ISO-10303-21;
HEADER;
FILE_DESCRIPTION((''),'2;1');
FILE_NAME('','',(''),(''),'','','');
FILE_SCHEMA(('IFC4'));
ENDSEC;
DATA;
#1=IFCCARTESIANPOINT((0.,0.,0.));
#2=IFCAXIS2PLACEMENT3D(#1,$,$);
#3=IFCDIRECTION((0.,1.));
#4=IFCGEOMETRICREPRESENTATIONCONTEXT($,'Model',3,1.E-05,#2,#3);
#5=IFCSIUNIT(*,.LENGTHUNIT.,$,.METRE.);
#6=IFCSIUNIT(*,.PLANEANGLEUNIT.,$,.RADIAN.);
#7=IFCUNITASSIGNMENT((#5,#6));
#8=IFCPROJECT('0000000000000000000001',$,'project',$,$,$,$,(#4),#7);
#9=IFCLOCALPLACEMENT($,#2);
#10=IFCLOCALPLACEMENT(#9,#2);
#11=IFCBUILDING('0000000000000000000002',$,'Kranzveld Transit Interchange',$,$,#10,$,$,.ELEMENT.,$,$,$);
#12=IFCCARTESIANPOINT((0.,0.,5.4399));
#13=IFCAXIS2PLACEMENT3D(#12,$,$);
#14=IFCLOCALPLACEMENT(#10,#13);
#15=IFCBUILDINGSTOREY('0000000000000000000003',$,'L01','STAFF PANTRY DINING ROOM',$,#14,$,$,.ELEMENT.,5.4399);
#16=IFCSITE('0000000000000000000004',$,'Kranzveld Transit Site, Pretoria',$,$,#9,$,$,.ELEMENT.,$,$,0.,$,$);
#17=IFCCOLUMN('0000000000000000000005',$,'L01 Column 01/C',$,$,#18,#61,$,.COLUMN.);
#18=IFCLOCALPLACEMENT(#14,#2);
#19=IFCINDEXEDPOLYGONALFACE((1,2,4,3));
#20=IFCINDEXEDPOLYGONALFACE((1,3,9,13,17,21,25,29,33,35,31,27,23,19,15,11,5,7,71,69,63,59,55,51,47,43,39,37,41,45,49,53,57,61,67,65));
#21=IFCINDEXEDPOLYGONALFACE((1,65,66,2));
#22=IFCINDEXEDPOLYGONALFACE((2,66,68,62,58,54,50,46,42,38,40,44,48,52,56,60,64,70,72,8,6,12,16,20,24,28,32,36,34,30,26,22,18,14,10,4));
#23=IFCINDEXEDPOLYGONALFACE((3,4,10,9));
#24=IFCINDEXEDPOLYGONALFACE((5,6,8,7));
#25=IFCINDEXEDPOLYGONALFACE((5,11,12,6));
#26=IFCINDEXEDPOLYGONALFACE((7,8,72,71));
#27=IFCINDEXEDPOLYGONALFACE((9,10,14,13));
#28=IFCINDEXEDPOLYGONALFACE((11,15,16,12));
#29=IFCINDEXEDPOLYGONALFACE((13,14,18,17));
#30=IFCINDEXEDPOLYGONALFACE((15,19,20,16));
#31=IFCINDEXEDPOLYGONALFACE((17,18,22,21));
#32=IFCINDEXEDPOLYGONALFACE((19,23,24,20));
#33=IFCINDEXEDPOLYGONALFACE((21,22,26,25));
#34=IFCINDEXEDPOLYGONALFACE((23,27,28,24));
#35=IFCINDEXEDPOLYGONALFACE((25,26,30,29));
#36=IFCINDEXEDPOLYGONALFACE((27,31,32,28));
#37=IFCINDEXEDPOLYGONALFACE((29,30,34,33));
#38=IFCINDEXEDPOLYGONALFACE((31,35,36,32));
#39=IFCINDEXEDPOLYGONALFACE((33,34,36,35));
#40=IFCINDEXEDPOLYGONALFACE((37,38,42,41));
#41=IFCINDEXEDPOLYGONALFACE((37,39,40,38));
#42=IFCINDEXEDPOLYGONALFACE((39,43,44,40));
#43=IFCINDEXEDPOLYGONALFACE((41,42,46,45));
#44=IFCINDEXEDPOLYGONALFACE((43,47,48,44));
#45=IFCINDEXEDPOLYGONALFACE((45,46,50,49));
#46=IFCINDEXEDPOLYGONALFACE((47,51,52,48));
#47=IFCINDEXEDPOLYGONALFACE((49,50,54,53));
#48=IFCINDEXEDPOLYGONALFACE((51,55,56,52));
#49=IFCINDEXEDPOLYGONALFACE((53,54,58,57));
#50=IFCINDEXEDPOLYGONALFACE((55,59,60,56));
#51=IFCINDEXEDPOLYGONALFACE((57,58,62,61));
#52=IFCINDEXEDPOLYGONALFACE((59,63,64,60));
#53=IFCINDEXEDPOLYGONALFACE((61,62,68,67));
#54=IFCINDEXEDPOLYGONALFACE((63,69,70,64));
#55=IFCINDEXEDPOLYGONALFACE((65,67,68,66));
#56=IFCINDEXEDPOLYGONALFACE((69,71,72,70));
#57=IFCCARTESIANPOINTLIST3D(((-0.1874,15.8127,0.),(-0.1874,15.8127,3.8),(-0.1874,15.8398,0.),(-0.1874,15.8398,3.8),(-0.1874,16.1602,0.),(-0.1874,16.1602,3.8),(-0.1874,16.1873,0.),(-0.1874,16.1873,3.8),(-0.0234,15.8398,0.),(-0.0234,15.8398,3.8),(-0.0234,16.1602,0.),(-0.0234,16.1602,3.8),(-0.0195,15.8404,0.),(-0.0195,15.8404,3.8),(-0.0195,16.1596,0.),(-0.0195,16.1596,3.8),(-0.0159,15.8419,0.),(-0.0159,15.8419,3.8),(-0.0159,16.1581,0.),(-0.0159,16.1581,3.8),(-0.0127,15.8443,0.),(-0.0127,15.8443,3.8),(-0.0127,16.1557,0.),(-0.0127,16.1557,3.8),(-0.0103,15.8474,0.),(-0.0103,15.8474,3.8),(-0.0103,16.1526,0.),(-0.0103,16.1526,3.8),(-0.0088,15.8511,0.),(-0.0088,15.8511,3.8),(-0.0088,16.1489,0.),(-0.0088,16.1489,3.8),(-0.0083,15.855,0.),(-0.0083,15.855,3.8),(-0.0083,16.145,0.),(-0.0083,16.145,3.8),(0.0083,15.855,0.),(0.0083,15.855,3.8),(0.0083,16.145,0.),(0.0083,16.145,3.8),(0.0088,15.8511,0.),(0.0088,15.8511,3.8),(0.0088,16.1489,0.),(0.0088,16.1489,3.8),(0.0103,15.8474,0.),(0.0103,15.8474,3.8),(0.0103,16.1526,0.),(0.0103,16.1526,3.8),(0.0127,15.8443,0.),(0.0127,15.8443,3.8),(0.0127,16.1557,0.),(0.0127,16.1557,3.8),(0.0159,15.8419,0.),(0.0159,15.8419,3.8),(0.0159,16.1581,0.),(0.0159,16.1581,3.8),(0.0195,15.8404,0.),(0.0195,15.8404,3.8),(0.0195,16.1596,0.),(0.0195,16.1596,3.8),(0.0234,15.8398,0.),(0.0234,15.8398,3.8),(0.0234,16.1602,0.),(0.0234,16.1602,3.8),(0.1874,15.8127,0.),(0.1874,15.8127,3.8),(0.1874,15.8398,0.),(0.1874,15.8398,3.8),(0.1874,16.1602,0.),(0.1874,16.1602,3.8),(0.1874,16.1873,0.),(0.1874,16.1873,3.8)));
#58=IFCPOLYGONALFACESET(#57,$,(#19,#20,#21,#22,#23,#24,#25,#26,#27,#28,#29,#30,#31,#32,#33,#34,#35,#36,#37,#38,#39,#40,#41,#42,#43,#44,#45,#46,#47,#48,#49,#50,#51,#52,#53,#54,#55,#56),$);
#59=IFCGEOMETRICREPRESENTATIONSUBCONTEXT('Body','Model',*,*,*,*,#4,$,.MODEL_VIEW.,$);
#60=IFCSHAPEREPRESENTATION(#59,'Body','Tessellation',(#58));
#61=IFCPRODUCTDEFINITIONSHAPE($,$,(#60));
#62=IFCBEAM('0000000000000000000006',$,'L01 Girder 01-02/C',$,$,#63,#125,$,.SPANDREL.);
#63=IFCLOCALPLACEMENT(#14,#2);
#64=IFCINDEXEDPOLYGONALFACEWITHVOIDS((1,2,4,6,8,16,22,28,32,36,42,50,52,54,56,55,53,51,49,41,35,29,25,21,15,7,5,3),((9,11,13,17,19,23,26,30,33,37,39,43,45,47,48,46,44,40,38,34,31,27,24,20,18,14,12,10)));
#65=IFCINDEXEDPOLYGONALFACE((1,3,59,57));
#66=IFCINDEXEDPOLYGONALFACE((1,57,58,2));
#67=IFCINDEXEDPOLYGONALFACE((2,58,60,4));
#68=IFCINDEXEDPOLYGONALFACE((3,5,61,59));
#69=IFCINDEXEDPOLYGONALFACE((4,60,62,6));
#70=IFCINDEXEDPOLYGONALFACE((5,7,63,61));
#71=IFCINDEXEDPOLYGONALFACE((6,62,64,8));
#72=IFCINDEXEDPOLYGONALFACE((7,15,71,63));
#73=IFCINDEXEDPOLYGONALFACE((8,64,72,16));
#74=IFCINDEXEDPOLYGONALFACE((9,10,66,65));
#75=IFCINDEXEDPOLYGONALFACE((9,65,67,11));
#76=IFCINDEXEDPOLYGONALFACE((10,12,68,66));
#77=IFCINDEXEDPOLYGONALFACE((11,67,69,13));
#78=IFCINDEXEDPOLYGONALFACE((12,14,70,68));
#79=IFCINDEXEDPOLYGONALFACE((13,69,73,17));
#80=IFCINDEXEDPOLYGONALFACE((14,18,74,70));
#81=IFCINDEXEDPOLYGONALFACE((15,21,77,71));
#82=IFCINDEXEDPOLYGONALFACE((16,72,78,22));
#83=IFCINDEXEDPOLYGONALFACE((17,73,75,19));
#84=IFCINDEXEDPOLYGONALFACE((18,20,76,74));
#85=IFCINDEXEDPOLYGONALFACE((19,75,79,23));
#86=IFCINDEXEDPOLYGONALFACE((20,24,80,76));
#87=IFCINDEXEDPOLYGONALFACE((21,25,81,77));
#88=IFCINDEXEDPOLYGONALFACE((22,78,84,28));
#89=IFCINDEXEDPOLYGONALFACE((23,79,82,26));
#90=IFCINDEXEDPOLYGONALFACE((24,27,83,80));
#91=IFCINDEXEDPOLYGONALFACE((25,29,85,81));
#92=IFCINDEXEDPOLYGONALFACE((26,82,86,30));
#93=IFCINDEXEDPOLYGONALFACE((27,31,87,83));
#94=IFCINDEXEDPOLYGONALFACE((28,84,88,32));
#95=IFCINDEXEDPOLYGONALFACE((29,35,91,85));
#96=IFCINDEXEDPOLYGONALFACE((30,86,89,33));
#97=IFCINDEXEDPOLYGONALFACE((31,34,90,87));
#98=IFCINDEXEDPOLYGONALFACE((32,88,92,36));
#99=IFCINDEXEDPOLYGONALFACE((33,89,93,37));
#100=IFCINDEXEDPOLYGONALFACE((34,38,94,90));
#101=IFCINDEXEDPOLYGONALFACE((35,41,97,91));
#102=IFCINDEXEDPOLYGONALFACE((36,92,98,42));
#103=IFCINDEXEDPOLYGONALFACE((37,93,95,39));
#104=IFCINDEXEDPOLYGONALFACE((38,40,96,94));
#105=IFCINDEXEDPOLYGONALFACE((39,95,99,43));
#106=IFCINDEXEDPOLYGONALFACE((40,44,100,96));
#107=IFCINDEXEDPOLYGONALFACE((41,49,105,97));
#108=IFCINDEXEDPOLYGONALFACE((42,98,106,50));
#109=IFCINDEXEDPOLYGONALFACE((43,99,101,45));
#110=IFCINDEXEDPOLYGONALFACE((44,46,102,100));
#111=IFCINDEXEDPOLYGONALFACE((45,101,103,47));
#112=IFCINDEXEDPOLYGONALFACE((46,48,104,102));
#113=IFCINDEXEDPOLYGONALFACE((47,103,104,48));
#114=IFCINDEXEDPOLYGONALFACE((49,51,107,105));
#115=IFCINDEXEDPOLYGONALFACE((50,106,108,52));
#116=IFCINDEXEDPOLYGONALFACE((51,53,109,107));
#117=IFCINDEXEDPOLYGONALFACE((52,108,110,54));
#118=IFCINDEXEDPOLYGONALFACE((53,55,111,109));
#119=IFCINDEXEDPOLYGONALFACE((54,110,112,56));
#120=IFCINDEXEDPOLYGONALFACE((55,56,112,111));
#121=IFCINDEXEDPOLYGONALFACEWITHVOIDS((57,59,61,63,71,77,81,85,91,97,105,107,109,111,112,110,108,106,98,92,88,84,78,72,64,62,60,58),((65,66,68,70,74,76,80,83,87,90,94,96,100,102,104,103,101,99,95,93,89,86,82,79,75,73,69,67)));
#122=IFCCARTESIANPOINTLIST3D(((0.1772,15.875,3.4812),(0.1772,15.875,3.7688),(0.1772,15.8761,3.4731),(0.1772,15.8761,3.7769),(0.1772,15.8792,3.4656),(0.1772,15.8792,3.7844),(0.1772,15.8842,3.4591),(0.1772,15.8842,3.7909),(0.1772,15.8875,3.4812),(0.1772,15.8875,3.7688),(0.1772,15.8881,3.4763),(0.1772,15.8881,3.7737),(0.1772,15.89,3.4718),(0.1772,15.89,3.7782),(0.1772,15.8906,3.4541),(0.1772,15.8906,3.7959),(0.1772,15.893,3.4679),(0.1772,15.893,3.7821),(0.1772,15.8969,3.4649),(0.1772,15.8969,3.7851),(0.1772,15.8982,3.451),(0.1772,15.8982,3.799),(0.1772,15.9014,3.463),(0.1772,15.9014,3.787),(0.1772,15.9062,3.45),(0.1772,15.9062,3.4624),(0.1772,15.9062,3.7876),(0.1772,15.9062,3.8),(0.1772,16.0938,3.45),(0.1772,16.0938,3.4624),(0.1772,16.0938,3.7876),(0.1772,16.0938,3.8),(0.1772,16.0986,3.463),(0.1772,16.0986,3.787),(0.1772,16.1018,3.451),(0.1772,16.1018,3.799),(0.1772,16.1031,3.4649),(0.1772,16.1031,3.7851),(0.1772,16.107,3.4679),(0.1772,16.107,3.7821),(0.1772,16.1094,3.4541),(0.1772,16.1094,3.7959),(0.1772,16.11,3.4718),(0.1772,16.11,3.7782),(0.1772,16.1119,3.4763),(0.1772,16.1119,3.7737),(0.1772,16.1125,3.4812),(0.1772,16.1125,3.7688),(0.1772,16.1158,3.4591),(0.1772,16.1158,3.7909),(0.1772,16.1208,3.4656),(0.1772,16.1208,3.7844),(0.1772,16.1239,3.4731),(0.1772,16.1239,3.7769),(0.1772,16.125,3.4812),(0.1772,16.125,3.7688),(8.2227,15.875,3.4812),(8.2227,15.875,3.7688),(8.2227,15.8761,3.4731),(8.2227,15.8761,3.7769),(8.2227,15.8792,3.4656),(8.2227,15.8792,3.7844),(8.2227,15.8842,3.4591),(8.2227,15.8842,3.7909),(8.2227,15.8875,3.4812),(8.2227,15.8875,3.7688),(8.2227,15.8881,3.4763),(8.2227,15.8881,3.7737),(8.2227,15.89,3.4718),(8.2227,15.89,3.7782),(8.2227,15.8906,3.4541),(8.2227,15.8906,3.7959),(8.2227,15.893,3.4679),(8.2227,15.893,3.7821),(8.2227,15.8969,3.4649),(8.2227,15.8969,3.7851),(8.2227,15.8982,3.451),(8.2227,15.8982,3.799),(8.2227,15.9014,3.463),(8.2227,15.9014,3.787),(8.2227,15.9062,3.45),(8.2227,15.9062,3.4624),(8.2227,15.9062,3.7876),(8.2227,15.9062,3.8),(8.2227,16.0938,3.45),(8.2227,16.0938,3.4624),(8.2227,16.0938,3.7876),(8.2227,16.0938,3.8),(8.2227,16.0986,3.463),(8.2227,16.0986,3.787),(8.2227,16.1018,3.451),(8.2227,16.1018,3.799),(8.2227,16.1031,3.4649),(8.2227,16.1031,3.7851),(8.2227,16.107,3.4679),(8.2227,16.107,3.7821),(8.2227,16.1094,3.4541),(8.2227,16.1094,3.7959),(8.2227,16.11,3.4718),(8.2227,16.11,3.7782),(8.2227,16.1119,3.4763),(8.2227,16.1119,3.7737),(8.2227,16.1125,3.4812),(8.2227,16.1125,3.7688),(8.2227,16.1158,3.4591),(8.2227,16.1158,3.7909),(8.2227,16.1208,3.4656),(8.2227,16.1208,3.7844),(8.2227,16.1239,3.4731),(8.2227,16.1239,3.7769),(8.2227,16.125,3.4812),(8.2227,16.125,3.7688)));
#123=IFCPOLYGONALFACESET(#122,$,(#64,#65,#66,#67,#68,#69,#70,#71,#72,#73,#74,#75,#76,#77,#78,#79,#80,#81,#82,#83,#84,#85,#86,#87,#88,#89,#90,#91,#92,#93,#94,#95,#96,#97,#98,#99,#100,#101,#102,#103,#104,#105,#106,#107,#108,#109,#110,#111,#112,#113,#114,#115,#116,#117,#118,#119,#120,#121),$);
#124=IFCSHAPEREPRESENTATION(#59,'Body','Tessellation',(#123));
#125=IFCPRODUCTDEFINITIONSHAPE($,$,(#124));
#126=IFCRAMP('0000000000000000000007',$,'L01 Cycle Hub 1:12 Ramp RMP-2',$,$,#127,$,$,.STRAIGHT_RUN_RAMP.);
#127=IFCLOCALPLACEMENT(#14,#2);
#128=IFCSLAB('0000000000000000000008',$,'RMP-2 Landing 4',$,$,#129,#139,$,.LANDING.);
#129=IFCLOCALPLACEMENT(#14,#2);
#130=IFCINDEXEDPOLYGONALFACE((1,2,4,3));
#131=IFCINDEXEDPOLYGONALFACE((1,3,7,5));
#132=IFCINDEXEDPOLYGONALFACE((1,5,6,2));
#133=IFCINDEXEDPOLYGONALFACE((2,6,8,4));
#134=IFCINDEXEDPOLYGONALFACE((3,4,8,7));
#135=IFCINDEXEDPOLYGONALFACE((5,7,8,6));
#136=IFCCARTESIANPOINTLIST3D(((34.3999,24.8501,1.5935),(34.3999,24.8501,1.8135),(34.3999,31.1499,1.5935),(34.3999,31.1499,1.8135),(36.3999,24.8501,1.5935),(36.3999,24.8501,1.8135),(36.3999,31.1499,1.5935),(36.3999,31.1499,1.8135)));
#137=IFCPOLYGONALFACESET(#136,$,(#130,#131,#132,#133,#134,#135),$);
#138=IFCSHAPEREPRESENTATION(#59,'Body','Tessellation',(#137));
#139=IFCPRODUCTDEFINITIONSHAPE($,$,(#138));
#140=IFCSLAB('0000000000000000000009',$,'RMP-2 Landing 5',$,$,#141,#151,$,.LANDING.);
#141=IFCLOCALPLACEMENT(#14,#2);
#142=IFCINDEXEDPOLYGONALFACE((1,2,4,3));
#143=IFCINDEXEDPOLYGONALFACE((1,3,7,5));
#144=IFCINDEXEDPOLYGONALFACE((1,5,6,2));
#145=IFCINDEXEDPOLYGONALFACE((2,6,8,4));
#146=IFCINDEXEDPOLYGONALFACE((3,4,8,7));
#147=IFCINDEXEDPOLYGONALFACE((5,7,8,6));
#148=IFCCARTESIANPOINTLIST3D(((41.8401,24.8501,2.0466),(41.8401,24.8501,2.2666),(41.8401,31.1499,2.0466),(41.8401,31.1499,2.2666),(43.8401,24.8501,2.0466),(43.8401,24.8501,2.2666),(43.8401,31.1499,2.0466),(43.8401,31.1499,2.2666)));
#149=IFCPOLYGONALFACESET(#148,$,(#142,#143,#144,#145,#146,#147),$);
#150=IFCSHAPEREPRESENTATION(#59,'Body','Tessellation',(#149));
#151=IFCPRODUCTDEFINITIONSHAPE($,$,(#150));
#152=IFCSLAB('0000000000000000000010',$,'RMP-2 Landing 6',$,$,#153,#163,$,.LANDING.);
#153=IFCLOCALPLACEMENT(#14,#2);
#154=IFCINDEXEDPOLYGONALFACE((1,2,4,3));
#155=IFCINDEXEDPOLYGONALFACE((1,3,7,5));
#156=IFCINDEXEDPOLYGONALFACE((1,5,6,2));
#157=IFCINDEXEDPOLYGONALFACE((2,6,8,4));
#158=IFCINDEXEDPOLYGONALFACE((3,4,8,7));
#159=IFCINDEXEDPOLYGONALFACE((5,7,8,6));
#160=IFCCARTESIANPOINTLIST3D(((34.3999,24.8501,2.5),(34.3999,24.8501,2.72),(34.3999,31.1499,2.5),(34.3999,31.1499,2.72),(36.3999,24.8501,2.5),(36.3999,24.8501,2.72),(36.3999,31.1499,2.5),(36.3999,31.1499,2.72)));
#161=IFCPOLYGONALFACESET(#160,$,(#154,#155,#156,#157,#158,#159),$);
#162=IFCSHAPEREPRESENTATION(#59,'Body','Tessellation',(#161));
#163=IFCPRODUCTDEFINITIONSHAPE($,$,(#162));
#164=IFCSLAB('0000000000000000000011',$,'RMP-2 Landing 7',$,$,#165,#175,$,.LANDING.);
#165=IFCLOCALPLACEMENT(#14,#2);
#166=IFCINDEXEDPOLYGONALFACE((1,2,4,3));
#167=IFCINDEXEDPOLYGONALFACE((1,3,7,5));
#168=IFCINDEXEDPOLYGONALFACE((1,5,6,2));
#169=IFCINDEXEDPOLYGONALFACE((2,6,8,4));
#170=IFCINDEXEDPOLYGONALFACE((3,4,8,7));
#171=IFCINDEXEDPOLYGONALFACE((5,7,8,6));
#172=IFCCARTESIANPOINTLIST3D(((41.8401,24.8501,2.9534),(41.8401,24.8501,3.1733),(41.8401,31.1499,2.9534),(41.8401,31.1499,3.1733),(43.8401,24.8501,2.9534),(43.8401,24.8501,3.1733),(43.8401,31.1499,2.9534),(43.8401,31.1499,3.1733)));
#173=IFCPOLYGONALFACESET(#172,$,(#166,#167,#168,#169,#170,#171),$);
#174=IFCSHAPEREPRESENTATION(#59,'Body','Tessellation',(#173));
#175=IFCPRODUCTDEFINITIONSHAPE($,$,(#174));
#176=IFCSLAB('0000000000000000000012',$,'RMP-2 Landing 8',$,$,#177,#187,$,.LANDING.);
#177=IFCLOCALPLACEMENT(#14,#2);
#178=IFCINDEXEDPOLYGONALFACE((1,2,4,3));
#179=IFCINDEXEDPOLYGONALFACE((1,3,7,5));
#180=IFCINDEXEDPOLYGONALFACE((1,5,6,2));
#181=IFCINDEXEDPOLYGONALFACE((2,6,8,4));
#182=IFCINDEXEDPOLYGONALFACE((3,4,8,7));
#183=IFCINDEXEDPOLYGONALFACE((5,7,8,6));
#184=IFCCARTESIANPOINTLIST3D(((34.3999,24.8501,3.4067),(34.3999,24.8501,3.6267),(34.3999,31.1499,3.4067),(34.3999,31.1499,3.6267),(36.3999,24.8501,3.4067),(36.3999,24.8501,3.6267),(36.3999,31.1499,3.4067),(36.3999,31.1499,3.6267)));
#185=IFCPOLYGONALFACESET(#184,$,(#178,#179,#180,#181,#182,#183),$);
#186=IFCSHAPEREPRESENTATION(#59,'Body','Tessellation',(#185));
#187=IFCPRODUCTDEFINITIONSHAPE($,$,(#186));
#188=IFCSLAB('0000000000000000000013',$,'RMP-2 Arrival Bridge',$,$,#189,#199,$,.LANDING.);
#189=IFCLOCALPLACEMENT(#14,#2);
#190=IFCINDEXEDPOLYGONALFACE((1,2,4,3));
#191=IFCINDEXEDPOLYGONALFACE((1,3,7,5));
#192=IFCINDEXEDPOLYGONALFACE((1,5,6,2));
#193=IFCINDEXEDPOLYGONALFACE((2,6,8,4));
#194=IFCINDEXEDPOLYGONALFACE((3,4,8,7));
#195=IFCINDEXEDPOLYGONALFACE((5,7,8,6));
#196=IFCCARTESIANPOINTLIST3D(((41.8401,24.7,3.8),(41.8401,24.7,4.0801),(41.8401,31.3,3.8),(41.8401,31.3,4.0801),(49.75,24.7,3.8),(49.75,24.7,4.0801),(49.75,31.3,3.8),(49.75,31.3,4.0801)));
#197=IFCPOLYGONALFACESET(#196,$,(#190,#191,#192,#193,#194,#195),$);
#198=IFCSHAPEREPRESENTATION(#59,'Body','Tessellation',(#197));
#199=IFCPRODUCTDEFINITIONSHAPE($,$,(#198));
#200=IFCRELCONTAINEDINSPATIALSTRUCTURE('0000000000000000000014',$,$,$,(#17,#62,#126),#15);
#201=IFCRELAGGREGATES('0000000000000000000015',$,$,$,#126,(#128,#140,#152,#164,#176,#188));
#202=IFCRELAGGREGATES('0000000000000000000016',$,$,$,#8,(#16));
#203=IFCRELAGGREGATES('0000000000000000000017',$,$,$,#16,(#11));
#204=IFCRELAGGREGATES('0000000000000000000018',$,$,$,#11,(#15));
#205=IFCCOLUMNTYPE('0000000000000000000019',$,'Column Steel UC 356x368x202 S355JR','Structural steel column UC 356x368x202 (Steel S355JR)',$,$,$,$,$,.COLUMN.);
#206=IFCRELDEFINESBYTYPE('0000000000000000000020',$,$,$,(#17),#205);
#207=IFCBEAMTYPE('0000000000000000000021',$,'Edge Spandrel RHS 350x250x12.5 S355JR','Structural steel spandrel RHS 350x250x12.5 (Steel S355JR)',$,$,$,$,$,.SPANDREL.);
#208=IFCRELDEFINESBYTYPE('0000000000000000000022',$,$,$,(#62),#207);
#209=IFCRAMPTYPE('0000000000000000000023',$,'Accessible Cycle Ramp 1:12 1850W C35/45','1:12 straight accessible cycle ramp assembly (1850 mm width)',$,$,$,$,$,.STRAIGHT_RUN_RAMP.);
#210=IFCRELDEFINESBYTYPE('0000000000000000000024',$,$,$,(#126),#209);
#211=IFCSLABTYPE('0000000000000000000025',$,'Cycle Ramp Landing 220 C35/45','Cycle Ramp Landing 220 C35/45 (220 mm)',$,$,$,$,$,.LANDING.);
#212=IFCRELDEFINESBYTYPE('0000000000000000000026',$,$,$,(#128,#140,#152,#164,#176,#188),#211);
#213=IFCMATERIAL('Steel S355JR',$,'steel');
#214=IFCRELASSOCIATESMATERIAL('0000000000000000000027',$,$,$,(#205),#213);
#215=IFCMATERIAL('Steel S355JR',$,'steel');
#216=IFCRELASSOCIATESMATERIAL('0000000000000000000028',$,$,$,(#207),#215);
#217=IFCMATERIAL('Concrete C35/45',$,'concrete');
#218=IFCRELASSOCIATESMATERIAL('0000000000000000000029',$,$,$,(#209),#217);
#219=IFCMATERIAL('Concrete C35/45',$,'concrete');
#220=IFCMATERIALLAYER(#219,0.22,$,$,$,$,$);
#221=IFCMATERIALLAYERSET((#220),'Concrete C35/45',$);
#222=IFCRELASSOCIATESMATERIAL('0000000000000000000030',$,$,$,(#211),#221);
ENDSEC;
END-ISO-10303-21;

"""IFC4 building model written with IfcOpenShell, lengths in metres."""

from ifc_helpers import new_model, si_unit, direction, frame, origin, origin_2d, place, context, subcontext, project, spatial, polyline, hollow_rectangle, i_section, outline, extrude, material, layer, layer_set, material_profile, profile_set, type_object, element, aggregate, save


model = new_model("IFC4")

# Units and contexts
model_context = context("Model", 3, precision=1e-05, world=origin(), true_north=direction((0.0, 1.0)))
body_context = subcontext(model_context, "Body", "Model", "MODEL_VIEW")
ifc_project = project(units=[si_unit("LENGTHUNIT", "METRE"), si_unit("PLANEANGLEUNIT", "RADIAN")], contexts=[model_context])

# Site, building, storey
site_placement = place(None, origin())
site = spatial("IfcSite", under=ifc_project, at=site_placement, Name="Kranzveld Transit Site, Pretoria", CompositionType="ELEMENT", RefElevation=0.0)
building_placement = place(site_placement, origin())
building = spatial("IfcBuilding", under=site, at=building_placement, Name="Kranzveld Transit Interchange", CompositionType="ELEMENT")
storey_placement = place(building_placement, frame((0.0, 0.0, 5.4399)))
storey = spatial("IfcBuildingStorey", under=building, at=storey_placement, Name="L01", Description="STAFF PANTRY DINING ROOM", CompositionType="ELEMENT", Elevation=5.4399)

# Column
ifc_material_1 = material(Name="Steel S355JR", Category="steel")
ifc_material_profile_1 = material_profile(ifc_material_1, i_section(OverallWidth=0.3748, OverallDepth=0.3745, WebThickness=0.0166, FlangeThickness=0.0271, FilletRadius=0.0151, at=origin_2d()), Name="UC 356x368x202")
ifc_profile_set_1 = profile_set([ifc_material_profile_1], Name="Steel S355JR")
column_type = type_object("IfcColumnType", Name="Column Steel UC 356x368x202 S355JR", Description="Structural steel column UC 356x368x202 (Steel S355JR)", PredefinedType="COLUMN", material=ifc_profile_set_1)
column_placement = place(storey_placement, frame((0.0, 16.0, 0.0), z_axis=(0.0, 0.0, 1.0), x_axis=(1.0, 0.0, 0.0)))
element("IfcColumn", 1, at=column_placement, inside=storey, type_object=column_type, Name="L01 Column 01/C", PredefinedType="COLUMN", context=body_context, shape_type="SweptSolid", body=[
    extrude(i_section(OverallWidth=0.3748, OverallDepth=0.3745, WebThickness=0.0166, FlangeThickness=0.0271, FilletRadius=0.0151, at=origin_2d()), origin(), (0.0, 0.0, 1.0), 3.8),
])

# Beam
ifc_material_2 = material(Name="Steel S355JR", Category="steel")
ifc_material_profile_2 = material_profile(ifc_material_2, hollow_rectangle(XDim=0.25, YDim=0.3501, WallThickness=0.0125, InnerFilletRadius=0.0188, OuterFilletRadius=0.0312, at=origin_2d()), Name="RHS 350x250x12.5")
ifc_profile_set_2 = profile_set([ifc_material_profile_2], Name="Steel S355JR")
beam_type = type_object("IfcBeamType", Name="Edge Spandrel RHS 350x250x12.5 S355JR", Description="Structural steel spandrel RHS 350x250x12.5 (Steel S355JR)", PredefinedType="SPANDREL", material=ifc_profile_set_2)
beam_placement = place(storey_placement, frame((0.1772, 16.0, 3.625), z_axis=(1.0, 0.0, 0.0), x_axis=(0.0, 1.0, 0.0)))
element("IfcBeam", 2, at=beam_placement, inside=storey, type_object=beam_type, Name="L01 Girder 01-02/C", PredefinedType="SPANDREL", context=body_context, shape_type="SweptSolid", body=[
    extrude(hollow_rectangle(XDim=0.25, YDim=0.3501, WallThickness=0.0125, InnerFilletRadius=0.0188, OuterFilletRadius=0.0312, at=origin_2d()), origin(), (0.0, 0.0, 1.0), 8.0454),
])

# Ramp, slabs
ifc_material_3 = material(Name="Concrete C35/45", Category="concrete")
ramp_type = type_object("IfcRampType", Name="Accessible Cycle Ramp 1:12 1850W C35/45", Description="1:12 straight accessible cycle ramp assembly (1850 mm width)", PredefinedType="STRAIGHT_RUN_RAMP", material=ifc_material_3)
ramp_placement = place(storey_placement, origin())
ramp = element("IfcRamp", 3, at=ramp_placement, inside=storey, type_object=ramp_type, Name="L01 Cycle Hub 1:12 Ramp RMP-2", PredefinedType="STRAIGHT_RUN_RAMP")
ifc_material_4 = material(Name="Concrete C35/45", Category="concrete")
ifc_layer_1 = layer(ifc_material_4, 0.22)
ifc_layer_set_1 = layer_set([ifc_layer_1], Name="Concrete C35/45")
slab_type = type_object("IfcSlabType", Name="Cycle Ramp Landing 220 C35/45", Description="Cycle Ramp Landing 220 C35/45 (220 mm)", PredefinedType="LANDING", material=ifc_layer_set_1)
slab_1_placement = place(storey_placement, frame((0.0, 0.0, 1.5935)))
slab_1 = element("IfcSlab", 4, at=slab_1_placement, type_object=slab_type, Name="RMP-2 Landing 4", PredefinedType="LANDING", context=body_context, shape_type="SweptSolid", body=[
    extrude(outline(polyline([(34.3999, 24.8501), (36.3999, 24.8501), (36.3999, 31.1499), (34.3999, 31.1499), (34.3999, 24.8501)])), origin(), (0.0, 0.0, 1.0), 0.22),
])
slab_2_placement = place(storey_placement, frame((0.0, 0.0, 2.0466)))
slab_2 = element("IfcSlab", 5, at=slab_2_placement, type_object=slab_type, Name="RMP-2 Landing 5", PredefinedType="LANDING", context=body_context, shape_type="SweptSolid", body=[
    extrude(outline(polyline([(41.8401, 24.8501), (43.8401, 24.8501), (43.8401, 31.1499), (41.8401, 31.1499), (41.8401, 24.8501)])), origin(), (0.0, 0.0, 1.0), 0.22),
])
slab_3_placement = place(storey_placement, frame((0.0, 0.0, 2.5)))
slab_3 = element("IfcSlab", 6, at=slab_3_placement, type_object=slab_type, Name="RMP-2 Landing 6", PredefinedType="LANDING", context=body_context, shape_type="SweptSolid", body=[
    extrude(outline(polyline([(34.3999, 24.8501), (36.3999, 24.8501), (36.3999, 31.1499), (34.3999, 31.1499), (34.3999, 24.8501)])), origin(), (0.0, 0.0, 1.0), 0.22),
])
slab_4_placement = place(storey_placement, frame((0.0, 0.0, 2.9534)))
slab_4 = element("IfcSlab", 7, at=slab_4_placement, type_object=slab_type, Name="RMP-2 Landing 7", PredefinedType="LANDING", context=body_context, shape_type="SweptSolid", body=[
    extrude(outline(polyline([(41.8401, 24.8501), (43.8401, 24.8501), (43.8401, 31.1499), (41.8401, 31.1499), (41.8401, 24.8501)])), origin(), (0.0, 0.0, 1.0), 0.22),
])
slab_5_placement = place(storey_placement, frame((0.0, 0.0, 3.4067)))
slab_5 = element("IfcSlab", 8, at=slab_5_placement, type_object=slab_type, Name="RMP-2 Landing 8", PredefinedType="LANDING", context=body_context, shape_type="SweptSolid", body=[
    extrude(outline(polyline([(34.3999, 24.8501), (36.3999, 24.8501), (36.3999, 31.1499), (34.3999, 31.1499), (34.3999, 24.8501)])), origin(), (0.0, 0.0, 1.0), 0.22),
])
slab_6_placement = place(storey_placement, frame((0.0, 0.0, 3.8)))
slab_6 = element("IfcSlab", 9, at=slab_6_placement, type_object=slab_type, Name="RMP-2 Arrival Bridge", PredefinedType="LANDING", context=body_context, shape_type="SweptSolid", body=[
    extrude(outline(polyline([(41.8401, 24.7), (49.75, 24.7), (49.75, 31.3), (41.8401, 31.3), (41.8401, 24.7)])), origin(), (0.0, 0.0, 1.0), 0.28),
])
aggregate(ramp, [slab_1, slab_2, slab_3, slab_4, slab_5, slab_6])

save(model, "model.ifc")
